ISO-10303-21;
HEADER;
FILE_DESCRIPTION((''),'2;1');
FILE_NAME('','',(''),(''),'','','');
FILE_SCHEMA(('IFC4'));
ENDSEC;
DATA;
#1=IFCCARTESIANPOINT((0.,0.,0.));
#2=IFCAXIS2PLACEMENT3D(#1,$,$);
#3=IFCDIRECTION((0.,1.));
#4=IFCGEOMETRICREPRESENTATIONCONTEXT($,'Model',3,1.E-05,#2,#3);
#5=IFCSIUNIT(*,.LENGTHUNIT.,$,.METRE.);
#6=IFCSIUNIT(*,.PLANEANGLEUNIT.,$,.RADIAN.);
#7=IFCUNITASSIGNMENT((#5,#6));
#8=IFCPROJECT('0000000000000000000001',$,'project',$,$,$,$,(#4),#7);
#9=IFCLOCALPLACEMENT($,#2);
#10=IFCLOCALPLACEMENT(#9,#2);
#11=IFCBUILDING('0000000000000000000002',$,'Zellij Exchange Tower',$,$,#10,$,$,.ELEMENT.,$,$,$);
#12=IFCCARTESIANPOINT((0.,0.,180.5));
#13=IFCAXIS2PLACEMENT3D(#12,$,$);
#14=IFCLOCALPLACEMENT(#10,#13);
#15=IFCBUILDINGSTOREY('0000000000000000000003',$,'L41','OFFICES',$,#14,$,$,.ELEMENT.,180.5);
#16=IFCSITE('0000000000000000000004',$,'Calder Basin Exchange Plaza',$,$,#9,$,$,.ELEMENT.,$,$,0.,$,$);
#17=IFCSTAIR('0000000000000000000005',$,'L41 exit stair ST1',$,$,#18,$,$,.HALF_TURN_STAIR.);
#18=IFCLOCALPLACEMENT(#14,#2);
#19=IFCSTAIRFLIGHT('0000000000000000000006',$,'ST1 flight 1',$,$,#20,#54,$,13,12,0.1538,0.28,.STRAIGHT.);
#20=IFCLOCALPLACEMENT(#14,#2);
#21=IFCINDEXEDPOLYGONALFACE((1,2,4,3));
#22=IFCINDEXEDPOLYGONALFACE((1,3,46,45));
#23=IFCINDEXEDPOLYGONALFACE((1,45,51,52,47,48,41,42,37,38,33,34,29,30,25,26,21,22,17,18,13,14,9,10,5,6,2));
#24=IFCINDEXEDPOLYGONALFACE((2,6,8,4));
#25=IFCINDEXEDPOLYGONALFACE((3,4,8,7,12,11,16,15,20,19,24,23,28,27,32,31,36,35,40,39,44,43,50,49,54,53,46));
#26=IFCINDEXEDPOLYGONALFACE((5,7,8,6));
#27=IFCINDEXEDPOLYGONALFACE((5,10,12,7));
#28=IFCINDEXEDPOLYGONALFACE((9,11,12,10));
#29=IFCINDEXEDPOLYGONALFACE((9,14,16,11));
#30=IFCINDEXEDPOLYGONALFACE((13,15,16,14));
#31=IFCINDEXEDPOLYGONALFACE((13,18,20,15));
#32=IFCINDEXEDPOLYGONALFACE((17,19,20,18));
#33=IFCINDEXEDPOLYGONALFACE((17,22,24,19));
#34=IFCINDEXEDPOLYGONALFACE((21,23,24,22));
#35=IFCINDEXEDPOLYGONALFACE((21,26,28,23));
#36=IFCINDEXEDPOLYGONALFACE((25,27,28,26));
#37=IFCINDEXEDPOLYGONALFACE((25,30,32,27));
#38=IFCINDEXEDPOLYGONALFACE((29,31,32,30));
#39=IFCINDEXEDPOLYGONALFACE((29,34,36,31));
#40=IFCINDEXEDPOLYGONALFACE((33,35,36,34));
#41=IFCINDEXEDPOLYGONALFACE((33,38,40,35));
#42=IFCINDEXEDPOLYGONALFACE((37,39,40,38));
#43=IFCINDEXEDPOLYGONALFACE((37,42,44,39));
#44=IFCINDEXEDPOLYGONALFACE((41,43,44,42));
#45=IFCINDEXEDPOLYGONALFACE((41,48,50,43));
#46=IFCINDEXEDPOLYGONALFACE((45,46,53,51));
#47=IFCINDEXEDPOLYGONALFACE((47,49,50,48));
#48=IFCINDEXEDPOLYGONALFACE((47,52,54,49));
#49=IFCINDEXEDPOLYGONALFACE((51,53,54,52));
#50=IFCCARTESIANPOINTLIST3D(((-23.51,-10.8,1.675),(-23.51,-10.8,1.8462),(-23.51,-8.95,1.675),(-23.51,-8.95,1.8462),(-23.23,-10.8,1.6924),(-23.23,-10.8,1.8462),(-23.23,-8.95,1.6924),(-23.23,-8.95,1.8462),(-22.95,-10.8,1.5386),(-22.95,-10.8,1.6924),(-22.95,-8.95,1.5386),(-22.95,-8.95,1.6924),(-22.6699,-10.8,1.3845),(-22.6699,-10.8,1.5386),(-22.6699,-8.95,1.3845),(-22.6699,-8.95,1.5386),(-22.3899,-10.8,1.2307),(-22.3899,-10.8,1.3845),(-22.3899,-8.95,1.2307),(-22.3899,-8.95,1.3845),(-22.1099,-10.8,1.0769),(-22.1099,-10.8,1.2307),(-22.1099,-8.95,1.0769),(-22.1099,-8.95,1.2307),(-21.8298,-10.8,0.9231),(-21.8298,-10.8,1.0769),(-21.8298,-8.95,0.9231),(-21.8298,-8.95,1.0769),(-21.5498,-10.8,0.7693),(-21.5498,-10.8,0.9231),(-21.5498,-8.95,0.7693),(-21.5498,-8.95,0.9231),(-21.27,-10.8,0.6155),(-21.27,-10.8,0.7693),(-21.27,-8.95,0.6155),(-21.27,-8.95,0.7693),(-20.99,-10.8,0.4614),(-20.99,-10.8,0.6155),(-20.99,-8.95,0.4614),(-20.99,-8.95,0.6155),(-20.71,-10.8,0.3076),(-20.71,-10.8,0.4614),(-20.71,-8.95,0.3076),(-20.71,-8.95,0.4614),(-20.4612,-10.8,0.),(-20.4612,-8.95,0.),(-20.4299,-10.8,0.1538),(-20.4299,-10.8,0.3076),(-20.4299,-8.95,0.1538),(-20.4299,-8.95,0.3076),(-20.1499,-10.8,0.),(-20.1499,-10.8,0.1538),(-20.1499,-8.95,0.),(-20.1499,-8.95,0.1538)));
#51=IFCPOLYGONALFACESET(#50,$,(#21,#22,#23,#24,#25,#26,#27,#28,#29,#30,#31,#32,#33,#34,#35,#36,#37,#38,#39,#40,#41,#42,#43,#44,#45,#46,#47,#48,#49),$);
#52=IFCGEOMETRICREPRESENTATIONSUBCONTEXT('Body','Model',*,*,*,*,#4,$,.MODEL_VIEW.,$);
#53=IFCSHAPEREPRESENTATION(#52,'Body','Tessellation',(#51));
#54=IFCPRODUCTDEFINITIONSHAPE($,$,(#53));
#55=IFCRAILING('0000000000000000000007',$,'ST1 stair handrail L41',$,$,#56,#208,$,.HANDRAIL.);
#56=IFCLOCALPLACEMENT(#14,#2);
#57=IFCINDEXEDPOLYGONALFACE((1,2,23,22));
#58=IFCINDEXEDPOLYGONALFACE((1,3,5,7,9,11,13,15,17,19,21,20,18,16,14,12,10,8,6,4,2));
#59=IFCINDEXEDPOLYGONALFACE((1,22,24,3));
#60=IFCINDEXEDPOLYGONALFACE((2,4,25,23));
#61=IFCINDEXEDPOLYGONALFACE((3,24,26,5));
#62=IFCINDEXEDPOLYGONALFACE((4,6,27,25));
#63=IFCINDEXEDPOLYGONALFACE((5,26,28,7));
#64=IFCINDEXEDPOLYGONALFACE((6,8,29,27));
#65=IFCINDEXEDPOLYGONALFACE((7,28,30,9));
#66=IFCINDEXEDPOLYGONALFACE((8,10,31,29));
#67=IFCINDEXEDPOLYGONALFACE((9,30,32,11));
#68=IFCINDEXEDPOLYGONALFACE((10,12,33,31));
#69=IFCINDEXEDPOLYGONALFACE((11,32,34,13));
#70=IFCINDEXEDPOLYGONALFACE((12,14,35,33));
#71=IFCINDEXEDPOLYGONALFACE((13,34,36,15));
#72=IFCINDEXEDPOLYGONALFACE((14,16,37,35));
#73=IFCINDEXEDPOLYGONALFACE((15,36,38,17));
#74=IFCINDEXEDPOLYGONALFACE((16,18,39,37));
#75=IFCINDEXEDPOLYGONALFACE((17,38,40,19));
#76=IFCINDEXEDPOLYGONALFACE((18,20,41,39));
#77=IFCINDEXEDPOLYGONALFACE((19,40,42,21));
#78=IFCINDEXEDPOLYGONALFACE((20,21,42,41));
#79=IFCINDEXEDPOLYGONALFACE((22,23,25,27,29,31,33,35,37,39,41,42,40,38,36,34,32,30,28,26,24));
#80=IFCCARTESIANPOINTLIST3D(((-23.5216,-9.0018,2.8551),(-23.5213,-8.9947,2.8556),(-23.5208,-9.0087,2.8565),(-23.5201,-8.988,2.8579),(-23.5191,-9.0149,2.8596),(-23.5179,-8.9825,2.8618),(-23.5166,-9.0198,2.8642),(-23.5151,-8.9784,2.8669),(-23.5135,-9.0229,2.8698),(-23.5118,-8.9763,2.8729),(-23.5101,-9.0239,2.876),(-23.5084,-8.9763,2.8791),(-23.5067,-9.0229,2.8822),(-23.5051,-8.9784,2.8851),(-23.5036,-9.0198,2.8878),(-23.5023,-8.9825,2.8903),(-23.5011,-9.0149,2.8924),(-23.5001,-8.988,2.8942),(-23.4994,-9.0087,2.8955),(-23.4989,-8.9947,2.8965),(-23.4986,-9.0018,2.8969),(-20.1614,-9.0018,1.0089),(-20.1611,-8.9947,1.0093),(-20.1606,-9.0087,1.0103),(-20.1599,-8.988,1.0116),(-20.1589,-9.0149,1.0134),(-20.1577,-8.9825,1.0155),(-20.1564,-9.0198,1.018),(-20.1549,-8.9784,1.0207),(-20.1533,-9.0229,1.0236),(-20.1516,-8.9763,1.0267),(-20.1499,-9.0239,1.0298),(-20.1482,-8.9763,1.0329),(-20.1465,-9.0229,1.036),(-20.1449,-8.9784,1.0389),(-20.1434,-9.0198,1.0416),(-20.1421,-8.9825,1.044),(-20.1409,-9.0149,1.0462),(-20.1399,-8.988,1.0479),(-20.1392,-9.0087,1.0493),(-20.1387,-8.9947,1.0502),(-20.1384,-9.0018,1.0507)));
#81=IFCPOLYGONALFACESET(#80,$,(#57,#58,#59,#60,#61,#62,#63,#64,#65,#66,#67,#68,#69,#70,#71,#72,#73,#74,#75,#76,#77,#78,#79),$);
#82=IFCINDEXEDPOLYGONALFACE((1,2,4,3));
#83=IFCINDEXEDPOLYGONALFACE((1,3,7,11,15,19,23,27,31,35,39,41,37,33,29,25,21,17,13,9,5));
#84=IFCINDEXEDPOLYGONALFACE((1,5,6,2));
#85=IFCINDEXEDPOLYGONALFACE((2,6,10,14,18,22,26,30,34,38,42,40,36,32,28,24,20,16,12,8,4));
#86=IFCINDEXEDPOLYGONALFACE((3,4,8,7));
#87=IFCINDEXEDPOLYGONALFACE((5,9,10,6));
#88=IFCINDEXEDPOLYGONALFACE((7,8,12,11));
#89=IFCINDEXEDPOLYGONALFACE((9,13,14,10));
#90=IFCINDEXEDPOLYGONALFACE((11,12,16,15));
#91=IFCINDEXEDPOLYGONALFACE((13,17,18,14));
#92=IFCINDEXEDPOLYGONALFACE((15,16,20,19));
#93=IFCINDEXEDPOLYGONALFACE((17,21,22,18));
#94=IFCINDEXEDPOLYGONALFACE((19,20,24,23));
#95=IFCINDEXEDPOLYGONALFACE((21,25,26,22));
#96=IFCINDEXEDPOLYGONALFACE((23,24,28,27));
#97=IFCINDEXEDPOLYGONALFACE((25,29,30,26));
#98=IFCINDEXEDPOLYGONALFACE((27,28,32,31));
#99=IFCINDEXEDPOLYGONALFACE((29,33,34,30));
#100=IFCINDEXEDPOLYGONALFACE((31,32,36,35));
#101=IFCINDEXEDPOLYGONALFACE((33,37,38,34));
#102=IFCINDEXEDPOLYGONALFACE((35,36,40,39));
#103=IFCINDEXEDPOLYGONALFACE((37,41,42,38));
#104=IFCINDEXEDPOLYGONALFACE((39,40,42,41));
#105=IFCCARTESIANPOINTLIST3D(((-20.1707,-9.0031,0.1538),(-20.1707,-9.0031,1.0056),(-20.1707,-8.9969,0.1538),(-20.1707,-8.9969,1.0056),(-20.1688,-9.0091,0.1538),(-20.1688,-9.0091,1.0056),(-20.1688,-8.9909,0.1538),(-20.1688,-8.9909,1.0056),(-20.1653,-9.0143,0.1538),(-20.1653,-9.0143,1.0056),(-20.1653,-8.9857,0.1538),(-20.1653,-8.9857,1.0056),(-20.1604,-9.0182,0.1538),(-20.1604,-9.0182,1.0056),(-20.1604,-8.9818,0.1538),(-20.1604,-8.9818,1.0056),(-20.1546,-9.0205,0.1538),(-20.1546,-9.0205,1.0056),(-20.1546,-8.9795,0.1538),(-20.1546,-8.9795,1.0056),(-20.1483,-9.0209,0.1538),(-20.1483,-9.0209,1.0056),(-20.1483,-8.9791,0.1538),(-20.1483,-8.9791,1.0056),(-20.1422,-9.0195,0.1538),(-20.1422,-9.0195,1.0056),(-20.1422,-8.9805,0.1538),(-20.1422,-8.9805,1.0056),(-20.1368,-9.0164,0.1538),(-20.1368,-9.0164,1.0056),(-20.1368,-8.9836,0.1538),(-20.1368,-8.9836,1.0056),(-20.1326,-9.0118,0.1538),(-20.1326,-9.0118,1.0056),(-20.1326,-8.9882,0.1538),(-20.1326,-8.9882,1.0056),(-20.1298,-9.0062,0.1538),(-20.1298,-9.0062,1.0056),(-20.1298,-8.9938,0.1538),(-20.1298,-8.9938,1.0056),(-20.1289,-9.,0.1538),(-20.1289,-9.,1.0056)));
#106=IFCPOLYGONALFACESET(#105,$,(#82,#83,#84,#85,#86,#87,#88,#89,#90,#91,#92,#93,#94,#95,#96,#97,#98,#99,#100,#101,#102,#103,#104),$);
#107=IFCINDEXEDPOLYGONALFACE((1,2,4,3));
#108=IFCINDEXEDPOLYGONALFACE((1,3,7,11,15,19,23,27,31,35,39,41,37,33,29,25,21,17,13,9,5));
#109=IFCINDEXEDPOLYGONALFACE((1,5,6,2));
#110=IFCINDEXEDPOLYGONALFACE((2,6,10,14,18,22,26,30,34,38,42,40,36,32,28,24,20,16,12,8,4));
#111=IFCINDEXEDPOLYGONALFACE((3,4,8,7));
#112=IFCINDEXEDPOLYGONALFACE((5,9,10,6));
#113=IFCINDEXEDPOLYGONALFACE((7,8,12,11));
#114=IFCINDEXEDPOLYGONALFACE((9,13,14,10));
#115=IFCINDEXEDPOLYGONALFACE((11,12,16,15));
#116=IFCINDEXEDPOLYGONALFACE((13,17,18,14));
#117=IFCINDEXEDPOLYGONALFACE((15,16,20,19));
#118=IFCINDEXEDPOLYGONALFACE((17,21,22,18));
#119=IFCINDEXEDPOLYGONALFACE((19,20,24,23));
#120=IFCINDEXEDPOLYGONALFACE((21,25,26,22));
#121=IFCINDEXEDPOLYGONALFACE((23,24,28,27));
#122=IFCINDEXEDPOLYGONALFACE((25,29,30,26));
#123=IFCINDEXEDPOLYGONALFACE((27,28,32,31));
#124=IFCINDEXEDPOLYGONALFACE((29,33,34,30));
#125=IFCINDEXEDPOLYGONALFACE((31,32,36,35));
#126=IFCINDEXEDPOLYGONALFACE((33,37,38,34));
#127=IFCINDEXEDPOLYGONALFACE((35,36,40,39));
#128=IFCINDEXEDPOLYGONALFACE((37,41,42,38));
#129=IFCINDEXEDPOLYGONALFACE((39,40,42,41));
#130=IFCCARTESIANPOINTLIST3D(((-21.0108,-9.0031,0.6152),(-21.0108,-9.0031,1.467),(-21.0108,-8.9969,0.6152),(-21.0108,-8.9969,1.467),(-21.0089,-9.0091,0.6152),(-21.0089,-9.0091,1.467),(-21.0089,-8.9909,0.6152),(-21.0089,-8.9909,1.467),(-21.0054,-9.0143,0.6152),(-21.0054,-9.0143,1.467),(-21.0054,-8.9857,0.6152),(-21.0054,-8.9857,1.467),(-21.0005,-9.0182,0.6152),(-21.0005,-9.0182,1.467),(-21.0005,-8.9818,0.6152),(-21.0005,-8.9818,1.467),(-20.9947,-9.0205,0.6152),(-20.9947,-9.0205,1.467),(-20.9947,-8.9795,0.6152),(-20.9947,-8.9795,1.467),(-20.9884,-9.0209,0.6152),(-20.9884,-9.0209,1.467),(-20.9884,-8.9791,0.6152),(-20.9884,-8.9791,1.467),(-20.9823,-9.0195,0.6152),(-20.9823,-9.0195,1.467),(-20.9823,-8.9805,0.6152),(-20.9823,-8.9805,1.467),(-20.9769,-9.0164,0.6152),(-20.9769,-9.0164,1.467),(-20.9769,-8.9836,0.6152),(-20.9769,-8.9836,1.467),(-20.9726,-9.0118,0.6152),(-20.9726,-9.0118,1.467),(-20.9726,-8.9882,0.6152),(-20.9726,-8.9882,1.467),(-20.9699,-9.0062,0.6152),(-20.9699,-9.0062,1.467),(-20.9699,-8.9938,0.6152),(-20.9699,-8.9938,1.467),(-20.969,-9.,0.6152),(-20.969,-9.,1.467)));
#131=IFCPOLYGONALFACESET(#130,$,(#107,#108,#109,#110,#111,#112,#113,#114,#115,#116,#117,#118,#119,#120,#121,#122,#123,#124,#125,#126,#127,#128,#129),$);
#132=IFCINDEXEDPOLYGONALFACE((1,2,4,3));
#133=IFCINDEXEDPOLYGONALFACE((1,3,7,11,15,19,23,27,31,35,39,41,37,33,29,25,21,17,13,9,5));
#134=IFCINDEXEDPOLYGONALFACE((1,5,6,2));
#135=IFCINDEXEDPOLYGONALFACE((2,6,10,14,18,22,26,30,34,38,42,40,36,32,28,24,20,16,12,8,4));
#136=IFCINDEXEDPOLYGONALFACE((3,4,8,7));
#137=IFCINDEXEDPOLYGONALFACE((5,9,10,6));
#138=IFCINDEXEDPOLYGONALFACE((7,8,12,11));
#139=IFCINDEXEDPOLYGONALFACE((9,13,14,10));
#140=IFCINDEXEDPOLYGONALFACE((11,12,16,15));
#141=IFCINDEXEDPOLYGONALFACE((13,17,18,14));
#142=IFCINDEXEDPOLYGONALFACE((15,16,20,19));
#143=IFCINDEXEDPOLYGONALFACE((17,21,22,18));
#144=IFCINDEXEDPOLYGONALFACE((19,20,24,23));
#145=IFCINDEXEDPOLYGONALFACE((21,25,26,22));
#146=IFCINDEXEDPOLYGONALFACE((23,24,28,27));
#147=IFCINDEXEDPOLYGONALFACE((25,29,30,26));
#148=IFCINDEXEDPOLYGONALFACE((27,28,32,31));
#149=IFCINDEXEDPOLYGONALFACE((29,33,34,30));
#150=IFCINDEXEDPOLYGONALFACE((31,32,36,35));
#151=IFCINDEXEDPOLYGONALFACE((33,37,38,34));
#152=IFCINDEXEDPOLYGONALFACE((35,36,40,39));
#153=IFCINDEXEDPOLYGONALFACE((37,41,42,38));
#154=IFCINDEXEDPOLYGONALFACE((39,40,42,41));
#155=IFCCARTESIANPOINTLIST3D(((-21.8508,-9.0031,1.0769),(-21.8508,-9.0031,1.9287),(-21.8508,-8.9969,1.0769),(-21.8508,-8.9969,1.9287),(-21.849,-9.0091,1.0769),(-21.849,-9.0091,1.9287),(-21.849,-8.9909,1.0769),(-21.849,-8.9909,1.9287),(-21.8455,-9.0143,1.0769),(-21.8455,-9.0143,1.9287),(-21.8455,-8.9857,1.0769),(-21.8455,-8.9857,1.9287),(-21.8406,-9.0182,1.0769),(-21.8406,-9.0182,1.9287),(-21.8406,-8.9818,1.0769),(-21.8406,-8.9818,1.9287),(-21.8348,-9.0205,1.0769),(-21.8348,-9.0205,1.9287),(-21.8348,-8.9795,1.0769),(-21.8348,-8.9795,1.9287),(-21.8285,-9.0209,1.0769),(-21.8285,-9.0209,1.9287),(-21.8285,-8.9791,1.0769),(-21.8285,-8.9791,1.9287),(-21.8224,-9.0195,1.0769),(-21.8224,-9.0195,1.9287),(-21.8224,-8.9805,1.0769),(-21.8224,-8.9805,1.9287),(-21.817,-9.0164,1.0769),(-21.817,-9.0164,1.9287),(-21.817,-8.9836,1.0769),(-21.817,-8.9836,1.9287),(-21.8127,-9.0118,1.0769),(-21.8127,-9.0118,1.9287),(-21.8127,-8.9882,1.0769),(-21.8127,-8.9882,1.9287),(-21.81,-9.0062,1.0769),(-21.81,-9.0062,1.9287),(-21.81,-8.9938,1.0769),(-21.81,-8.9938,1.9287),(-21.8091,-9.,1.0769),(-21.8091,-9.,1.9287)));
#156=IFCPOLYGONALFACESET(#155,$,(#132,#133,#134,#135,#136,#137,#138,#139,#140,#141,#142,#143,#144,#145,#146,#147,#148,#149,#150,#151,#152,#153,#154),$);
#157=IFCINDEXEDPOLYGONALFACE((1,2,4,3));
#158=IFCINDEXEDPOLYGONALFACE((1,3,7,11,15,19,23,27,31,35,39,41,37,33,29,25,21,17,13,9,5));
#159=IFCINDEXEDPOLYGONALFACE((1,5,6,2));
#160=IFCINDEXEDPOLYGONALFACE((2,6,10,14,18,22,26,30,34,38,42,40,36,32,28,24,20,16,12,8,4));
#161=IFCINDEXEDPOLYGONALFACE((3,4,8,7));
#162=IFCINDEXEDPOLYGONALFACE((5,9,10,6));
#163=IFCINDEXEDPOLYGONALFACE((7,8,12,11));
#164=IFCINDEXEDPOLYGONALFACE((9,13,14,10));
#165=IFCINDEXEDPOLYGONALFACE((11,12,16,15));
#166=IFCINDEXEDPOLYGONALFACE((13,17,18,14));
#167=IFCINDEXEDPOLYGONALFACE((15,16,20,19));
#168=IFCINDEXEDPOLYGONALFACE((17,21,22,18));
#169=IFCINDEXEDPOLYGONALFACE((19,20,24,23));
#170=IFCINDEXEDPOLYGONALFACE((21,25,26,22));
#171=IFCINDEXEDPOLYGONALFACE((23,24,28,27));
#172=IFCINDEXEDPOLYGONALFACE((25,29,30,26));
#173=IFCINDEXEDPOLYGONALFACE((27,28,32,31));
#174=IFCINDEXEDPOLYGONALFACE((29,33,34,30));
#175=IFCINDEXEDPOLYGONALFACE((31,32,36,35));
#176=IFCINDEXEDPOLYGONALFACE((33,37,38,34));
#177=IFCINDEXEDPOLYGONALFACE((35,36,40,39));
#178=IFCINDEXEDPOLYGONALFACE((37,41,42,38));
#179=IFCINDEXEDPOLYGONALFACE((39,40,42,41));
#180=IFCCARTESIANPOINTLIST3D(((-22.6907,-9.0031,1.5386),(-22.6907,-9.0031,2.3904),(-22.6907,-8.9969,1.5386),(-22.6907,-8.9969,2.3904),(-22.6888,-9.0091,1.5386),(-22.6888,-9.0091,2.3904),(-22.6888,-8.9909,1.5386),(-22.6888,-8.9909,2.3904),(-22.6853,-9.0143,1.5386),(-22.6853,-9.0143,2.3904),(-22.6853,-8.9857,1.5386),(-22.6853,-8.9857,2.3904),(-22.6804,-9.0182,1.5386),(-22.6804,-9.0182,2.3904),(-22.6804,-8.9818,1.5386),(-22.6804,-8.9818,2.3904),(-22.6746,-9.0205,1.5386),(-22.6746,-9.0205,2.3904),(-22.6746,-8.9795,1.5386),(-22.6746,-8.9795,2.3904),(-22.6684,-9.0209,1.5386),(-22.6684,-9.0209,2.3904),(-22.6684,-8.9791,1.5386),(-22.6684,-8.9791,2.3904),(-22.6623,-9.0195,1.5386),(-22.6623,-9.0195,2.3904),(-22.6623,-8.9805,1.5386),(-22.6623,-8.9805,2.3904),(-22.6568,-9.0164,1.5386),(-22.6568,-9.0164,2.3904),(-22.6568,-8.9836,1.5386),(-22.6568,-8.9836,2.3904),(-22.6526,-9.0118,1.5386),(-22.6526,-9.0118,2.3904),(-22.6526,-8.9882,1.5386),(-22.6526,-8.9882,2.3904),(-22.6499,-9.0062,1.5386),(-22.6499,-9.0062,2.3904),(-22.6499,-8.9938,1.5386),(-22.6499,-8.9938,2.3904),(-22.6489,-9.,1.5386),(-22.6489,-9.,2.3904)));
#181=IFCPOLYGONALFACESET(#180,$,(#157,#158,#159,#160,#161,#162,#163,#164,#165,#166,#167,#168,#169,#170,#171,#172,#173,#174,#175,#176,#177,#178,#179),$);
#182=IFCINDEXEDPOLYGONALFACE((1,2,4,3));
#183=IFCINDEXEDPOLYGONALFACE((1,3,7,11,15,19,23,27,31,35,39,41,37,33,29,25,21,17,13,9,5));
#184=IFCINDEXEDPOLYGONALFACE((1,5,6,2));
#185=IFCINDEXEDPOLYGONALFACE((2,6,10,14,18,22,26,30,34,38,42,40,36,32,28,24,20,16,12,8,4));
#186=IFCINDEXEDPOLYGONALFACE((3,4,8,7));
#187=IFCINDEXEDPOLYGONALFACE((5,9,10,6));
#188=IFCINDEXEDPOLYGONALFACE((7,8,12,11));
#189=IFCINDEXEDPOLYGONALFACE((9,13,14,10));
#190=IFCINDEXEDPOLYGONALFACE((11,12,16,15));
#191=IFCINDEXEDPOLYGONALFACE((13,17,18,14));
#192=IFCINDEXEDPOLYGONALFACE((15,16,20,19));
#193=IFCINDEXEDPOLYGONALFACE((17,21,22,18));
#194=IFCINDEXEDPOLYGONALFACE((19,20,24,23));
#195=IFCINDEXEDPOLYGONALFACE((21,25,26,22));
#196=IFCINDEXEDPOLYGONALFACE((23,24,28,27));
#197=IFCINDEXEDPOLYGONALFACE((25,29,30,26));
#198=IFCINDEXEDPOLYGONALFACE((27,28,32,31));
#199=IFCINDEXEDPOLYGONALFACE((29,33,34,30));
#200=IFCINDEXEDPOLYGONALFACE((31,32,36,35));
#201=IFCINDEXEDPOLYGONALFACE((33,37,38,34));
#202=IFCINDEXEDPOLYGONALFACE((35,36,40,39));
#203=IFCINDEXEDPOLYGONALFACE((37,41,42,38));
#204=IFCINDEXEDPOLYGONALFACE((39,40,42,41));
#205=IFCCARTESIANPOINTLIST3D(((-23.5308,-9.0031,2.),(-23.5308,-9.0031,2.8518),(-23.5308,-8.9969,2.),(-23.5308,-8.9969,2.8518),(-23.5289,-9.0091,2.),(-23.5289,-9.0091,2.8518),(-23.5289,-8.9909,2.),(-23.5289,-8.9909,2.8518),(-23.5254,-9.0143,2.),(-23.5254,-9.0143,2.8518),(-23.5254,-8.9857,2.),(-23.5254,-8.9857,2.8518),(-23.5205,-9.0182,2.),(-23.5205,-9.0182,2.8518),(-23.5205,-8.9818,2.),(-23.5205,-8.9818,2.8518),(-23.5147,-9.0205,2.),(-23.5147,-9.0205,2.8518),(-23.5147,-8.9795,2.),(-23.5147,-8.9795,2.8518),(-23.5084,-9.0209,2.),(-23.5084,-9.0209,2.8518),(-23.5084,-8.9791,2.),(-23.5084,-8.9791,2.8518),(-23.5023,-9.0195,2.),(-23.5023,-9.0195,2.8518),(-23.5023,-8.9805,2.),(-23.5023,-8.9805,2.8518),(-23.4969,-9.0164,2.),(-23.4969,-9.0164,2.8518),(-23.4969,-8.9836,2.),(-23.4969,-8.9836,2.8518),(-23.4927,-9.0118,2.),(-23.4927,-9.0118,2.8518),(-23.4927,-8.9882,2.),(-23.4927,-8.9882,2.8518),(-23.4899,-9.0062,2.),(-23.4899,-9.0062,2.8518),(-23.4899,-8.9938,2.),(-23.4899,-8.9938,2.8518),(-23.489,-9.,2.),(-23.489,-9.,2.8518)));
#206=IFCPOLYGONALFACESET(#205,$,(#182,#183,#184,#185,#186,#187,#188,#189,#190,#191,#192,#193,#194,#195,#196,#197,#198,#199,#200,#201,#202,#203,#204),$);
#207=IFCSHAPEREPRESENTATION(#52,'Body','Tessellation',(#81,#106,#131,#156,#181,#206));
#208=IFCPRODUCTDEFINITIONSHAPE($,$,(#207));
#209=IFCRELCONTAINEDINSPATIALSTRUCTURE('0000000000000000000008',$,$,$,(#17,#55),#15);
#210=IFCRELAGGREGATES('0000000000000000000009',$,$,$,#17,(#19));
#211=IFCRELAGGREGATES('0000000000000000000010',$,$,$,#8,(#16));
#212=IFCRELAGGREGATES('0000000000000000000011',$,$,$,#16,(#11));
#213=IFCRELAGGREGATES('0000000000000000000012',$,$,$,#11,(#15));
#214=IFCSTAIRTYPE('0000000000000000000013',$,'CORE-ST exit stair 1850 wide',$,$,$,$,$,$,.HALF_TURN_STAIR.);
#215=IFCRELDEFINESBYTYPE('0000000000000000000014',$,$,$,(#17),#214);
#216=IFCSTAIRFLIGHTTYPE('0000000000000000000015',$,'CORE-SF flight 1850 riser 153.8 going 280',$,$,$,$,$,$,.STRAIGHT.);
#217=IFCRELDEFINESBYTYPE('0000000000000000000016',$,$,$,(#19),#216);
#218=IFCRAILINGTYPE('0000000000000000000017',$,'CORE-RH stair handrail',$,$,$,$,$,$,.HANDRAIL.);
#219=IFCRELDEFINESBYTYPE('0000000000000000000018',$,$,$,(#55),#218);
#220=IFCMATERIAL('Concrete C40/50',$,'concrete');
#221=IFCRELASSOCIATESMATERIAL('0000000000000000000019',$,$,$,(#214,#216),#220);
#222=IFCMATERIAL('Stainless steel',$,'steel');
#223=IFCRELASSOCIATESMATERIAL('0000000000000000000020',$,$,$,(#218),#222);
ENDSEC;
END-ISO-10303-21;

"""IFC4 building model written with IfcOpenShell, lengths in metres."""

from ifc_helpers import new_model, si_unit, direction, frame, origin, origin_2d, place, context, subcontext, project, spatial, polyline, circle, outline, extrude, material, type_object, element, aggregate, save


model = new_model("IFC4")

# Units and contexts
model_context = context("Model", 3, precision=1e-05, world=origin(), true_north=direction((0.0, 1.0)))
body_context = subcontext(model_context, "Body", "Model", "MODEL_VIEW")
ifc_project = project(units=[si_unit("LENGTHUNIT", "METRE"), si_unit("PLANEANGLEUNIT", "RADIAN")], contexts=[model_context])

# Site, building, storey
site_placement = place(None, origin())
site = spatial("IfcSite", under=ifc_project, at=site_placement, Name="Calder Basin Exchange Plaza", CompositionType="ELEMENT", RefElevation=0.0)
building_placement = place(site_placement, origin())
building = spatial("IfcBuilding", under=site, at=building_placement, Name="Zellij Exchange Tower", CompositionType="ELEMENT")
storey_placement = place(building_placement, frame((0.0, 0.0, 180.5)))
storey = spatial("IfcBuildingStorey", under=building, at=storey_placement, Name="L41", Description="OFFICES", CompositionType="ELEMENT", Elevation=180.5)

# Stair, stair flight
ifc_material_1 = material(Name="Concrete C40/50", Category="concrete")
stair_type = type_object("IfcStairType", Name="CORE-ST exit stair 1850 wide", PredefinedType="HALF_TURN_STAIR", material=ifc_material_1)
stair_placement = place(storey_placement, origin())
stair = element("IfcStair", 1, at=stair_placement, inside=storey, type_object=stair_type, Name="L41 exit stair ST1", PredefinedType="HALF_TURN_STAIR")
stair_flight_type = type_object("IfcStairFlightType", Name="CORE-SF flight 1850 riser 153.8 going 280", PredefinedType="STRAIGHT", material=ifc_material_1)
stair_flight_placement = place(storey_placement, frame((-20.1499, -9.875, 0.0), z_axis=(0.0, 0.0, 1.0), x_axis=(-1.0, 0.0, 0.0)))
stair_flight = element("IfcStairFlight", 2, at=stair_flight_placement, type_object=stair_flight_type, Name="ST1 flight 1", NumberOfRisers=13, NumberOfTreads=12, PredefinedType="STRAIGHT", RiserHeight=0.1538, TreadLength=0.28, context=body_context, shape_type="SweptSolid", body=[
    extrude(outline(polyline([(0.0, 0.0), (0.0, 0.1538), (0.28, 0.1538), (0.28, 0.3076), (0.5601, 0.3076), (0.5601, 0.4614), (0.8401, 0.4614), (0.8401, 0.6155), (1.1201, 0.6155), (1.1201, 0.7693), (1.3999, 0.7693), (1.3999, 0.9231), (1.6799, 0.9231), (1.6799, 1.0769), (1.96, 1.0769), (1.96, 1.2307), (2.24, 1.2307), (2.24, 1.3845), (2.52, 1.3845), (2.52, 1.5386), (2.8, 1.5386), (2.8, 1.6924), (3.0801, 1.6924), (3.0801, 1.8462), (3.3601, 1.8462), (3.3601, 2.0), (3.3601, 1.675), (0.3113, 0.0), (0.0, 0.0)])), frame((0.0, 0.925, 0.0), z_axis=(0.0, -1.0, 0.0), x_axis=(1.0, 0.0, 0.0)), (0.0, 0.0, 1.0), 1.8501),
])
aggregate(stair, [stair_flight])

# Railing
ifc_material_2 = material(Name="Stainless steel", Category="steel")
railing_type = type_object("IfcRailingType", Name="CORE-RH stair handrail", PredefinedType="HANDRAIL", material=ifc_material_2)
railing_placement = place(storey_placement, frame((-20.1499, -9.0, 0.1538)))
element("IfcRailing", 3, at=railing_placement, inside=storey, type_object=railing_type, Name="ST1 stair handrail L41", PredefinedType="HANDRAIL", context=body_context, shape_type="SweptSolid", body=[
    extrude(circle(Radius=0.0239, at=origin_2d()), frame((0.0, 0.0, 0.876), z_axis=(-0.876422, 0.0, 0.481545), x_axis=(0.0, -1.0, 0.0)), (0.0, 0.0, 1.0), 3.834),
    extrude(circle(Radius=0.021, at=origin_2d()), origin(), (0.0, 0.0, 1.0), 0.8518),
    extrude(circle(Radius=0.021, at=origin_2d()), frame((-0.8401, 0.0, 0.4614)), (0.0, 0.0, 1.0), 0.8518),
    extrude(circle(Radius=0.021, at=origin_2d()), frame((-1.6802, 0.0, 0.9231)), (0.0, 0.0, 1.0), 0.8518),
    extrude(circle(Radius=0.021, at=origin_2d()), frame((-2.52, 0.0, 1.3848)), (0.0, 0.0, 1.0), 0.8518),
    extrude(circle(Radius=0.021, at=origin_2d()), frame((-3.3601, 0.0, 1.8462)), (0.0, 0.0, 1.0), 0.8518),
])

save(model, "model.ifc")
